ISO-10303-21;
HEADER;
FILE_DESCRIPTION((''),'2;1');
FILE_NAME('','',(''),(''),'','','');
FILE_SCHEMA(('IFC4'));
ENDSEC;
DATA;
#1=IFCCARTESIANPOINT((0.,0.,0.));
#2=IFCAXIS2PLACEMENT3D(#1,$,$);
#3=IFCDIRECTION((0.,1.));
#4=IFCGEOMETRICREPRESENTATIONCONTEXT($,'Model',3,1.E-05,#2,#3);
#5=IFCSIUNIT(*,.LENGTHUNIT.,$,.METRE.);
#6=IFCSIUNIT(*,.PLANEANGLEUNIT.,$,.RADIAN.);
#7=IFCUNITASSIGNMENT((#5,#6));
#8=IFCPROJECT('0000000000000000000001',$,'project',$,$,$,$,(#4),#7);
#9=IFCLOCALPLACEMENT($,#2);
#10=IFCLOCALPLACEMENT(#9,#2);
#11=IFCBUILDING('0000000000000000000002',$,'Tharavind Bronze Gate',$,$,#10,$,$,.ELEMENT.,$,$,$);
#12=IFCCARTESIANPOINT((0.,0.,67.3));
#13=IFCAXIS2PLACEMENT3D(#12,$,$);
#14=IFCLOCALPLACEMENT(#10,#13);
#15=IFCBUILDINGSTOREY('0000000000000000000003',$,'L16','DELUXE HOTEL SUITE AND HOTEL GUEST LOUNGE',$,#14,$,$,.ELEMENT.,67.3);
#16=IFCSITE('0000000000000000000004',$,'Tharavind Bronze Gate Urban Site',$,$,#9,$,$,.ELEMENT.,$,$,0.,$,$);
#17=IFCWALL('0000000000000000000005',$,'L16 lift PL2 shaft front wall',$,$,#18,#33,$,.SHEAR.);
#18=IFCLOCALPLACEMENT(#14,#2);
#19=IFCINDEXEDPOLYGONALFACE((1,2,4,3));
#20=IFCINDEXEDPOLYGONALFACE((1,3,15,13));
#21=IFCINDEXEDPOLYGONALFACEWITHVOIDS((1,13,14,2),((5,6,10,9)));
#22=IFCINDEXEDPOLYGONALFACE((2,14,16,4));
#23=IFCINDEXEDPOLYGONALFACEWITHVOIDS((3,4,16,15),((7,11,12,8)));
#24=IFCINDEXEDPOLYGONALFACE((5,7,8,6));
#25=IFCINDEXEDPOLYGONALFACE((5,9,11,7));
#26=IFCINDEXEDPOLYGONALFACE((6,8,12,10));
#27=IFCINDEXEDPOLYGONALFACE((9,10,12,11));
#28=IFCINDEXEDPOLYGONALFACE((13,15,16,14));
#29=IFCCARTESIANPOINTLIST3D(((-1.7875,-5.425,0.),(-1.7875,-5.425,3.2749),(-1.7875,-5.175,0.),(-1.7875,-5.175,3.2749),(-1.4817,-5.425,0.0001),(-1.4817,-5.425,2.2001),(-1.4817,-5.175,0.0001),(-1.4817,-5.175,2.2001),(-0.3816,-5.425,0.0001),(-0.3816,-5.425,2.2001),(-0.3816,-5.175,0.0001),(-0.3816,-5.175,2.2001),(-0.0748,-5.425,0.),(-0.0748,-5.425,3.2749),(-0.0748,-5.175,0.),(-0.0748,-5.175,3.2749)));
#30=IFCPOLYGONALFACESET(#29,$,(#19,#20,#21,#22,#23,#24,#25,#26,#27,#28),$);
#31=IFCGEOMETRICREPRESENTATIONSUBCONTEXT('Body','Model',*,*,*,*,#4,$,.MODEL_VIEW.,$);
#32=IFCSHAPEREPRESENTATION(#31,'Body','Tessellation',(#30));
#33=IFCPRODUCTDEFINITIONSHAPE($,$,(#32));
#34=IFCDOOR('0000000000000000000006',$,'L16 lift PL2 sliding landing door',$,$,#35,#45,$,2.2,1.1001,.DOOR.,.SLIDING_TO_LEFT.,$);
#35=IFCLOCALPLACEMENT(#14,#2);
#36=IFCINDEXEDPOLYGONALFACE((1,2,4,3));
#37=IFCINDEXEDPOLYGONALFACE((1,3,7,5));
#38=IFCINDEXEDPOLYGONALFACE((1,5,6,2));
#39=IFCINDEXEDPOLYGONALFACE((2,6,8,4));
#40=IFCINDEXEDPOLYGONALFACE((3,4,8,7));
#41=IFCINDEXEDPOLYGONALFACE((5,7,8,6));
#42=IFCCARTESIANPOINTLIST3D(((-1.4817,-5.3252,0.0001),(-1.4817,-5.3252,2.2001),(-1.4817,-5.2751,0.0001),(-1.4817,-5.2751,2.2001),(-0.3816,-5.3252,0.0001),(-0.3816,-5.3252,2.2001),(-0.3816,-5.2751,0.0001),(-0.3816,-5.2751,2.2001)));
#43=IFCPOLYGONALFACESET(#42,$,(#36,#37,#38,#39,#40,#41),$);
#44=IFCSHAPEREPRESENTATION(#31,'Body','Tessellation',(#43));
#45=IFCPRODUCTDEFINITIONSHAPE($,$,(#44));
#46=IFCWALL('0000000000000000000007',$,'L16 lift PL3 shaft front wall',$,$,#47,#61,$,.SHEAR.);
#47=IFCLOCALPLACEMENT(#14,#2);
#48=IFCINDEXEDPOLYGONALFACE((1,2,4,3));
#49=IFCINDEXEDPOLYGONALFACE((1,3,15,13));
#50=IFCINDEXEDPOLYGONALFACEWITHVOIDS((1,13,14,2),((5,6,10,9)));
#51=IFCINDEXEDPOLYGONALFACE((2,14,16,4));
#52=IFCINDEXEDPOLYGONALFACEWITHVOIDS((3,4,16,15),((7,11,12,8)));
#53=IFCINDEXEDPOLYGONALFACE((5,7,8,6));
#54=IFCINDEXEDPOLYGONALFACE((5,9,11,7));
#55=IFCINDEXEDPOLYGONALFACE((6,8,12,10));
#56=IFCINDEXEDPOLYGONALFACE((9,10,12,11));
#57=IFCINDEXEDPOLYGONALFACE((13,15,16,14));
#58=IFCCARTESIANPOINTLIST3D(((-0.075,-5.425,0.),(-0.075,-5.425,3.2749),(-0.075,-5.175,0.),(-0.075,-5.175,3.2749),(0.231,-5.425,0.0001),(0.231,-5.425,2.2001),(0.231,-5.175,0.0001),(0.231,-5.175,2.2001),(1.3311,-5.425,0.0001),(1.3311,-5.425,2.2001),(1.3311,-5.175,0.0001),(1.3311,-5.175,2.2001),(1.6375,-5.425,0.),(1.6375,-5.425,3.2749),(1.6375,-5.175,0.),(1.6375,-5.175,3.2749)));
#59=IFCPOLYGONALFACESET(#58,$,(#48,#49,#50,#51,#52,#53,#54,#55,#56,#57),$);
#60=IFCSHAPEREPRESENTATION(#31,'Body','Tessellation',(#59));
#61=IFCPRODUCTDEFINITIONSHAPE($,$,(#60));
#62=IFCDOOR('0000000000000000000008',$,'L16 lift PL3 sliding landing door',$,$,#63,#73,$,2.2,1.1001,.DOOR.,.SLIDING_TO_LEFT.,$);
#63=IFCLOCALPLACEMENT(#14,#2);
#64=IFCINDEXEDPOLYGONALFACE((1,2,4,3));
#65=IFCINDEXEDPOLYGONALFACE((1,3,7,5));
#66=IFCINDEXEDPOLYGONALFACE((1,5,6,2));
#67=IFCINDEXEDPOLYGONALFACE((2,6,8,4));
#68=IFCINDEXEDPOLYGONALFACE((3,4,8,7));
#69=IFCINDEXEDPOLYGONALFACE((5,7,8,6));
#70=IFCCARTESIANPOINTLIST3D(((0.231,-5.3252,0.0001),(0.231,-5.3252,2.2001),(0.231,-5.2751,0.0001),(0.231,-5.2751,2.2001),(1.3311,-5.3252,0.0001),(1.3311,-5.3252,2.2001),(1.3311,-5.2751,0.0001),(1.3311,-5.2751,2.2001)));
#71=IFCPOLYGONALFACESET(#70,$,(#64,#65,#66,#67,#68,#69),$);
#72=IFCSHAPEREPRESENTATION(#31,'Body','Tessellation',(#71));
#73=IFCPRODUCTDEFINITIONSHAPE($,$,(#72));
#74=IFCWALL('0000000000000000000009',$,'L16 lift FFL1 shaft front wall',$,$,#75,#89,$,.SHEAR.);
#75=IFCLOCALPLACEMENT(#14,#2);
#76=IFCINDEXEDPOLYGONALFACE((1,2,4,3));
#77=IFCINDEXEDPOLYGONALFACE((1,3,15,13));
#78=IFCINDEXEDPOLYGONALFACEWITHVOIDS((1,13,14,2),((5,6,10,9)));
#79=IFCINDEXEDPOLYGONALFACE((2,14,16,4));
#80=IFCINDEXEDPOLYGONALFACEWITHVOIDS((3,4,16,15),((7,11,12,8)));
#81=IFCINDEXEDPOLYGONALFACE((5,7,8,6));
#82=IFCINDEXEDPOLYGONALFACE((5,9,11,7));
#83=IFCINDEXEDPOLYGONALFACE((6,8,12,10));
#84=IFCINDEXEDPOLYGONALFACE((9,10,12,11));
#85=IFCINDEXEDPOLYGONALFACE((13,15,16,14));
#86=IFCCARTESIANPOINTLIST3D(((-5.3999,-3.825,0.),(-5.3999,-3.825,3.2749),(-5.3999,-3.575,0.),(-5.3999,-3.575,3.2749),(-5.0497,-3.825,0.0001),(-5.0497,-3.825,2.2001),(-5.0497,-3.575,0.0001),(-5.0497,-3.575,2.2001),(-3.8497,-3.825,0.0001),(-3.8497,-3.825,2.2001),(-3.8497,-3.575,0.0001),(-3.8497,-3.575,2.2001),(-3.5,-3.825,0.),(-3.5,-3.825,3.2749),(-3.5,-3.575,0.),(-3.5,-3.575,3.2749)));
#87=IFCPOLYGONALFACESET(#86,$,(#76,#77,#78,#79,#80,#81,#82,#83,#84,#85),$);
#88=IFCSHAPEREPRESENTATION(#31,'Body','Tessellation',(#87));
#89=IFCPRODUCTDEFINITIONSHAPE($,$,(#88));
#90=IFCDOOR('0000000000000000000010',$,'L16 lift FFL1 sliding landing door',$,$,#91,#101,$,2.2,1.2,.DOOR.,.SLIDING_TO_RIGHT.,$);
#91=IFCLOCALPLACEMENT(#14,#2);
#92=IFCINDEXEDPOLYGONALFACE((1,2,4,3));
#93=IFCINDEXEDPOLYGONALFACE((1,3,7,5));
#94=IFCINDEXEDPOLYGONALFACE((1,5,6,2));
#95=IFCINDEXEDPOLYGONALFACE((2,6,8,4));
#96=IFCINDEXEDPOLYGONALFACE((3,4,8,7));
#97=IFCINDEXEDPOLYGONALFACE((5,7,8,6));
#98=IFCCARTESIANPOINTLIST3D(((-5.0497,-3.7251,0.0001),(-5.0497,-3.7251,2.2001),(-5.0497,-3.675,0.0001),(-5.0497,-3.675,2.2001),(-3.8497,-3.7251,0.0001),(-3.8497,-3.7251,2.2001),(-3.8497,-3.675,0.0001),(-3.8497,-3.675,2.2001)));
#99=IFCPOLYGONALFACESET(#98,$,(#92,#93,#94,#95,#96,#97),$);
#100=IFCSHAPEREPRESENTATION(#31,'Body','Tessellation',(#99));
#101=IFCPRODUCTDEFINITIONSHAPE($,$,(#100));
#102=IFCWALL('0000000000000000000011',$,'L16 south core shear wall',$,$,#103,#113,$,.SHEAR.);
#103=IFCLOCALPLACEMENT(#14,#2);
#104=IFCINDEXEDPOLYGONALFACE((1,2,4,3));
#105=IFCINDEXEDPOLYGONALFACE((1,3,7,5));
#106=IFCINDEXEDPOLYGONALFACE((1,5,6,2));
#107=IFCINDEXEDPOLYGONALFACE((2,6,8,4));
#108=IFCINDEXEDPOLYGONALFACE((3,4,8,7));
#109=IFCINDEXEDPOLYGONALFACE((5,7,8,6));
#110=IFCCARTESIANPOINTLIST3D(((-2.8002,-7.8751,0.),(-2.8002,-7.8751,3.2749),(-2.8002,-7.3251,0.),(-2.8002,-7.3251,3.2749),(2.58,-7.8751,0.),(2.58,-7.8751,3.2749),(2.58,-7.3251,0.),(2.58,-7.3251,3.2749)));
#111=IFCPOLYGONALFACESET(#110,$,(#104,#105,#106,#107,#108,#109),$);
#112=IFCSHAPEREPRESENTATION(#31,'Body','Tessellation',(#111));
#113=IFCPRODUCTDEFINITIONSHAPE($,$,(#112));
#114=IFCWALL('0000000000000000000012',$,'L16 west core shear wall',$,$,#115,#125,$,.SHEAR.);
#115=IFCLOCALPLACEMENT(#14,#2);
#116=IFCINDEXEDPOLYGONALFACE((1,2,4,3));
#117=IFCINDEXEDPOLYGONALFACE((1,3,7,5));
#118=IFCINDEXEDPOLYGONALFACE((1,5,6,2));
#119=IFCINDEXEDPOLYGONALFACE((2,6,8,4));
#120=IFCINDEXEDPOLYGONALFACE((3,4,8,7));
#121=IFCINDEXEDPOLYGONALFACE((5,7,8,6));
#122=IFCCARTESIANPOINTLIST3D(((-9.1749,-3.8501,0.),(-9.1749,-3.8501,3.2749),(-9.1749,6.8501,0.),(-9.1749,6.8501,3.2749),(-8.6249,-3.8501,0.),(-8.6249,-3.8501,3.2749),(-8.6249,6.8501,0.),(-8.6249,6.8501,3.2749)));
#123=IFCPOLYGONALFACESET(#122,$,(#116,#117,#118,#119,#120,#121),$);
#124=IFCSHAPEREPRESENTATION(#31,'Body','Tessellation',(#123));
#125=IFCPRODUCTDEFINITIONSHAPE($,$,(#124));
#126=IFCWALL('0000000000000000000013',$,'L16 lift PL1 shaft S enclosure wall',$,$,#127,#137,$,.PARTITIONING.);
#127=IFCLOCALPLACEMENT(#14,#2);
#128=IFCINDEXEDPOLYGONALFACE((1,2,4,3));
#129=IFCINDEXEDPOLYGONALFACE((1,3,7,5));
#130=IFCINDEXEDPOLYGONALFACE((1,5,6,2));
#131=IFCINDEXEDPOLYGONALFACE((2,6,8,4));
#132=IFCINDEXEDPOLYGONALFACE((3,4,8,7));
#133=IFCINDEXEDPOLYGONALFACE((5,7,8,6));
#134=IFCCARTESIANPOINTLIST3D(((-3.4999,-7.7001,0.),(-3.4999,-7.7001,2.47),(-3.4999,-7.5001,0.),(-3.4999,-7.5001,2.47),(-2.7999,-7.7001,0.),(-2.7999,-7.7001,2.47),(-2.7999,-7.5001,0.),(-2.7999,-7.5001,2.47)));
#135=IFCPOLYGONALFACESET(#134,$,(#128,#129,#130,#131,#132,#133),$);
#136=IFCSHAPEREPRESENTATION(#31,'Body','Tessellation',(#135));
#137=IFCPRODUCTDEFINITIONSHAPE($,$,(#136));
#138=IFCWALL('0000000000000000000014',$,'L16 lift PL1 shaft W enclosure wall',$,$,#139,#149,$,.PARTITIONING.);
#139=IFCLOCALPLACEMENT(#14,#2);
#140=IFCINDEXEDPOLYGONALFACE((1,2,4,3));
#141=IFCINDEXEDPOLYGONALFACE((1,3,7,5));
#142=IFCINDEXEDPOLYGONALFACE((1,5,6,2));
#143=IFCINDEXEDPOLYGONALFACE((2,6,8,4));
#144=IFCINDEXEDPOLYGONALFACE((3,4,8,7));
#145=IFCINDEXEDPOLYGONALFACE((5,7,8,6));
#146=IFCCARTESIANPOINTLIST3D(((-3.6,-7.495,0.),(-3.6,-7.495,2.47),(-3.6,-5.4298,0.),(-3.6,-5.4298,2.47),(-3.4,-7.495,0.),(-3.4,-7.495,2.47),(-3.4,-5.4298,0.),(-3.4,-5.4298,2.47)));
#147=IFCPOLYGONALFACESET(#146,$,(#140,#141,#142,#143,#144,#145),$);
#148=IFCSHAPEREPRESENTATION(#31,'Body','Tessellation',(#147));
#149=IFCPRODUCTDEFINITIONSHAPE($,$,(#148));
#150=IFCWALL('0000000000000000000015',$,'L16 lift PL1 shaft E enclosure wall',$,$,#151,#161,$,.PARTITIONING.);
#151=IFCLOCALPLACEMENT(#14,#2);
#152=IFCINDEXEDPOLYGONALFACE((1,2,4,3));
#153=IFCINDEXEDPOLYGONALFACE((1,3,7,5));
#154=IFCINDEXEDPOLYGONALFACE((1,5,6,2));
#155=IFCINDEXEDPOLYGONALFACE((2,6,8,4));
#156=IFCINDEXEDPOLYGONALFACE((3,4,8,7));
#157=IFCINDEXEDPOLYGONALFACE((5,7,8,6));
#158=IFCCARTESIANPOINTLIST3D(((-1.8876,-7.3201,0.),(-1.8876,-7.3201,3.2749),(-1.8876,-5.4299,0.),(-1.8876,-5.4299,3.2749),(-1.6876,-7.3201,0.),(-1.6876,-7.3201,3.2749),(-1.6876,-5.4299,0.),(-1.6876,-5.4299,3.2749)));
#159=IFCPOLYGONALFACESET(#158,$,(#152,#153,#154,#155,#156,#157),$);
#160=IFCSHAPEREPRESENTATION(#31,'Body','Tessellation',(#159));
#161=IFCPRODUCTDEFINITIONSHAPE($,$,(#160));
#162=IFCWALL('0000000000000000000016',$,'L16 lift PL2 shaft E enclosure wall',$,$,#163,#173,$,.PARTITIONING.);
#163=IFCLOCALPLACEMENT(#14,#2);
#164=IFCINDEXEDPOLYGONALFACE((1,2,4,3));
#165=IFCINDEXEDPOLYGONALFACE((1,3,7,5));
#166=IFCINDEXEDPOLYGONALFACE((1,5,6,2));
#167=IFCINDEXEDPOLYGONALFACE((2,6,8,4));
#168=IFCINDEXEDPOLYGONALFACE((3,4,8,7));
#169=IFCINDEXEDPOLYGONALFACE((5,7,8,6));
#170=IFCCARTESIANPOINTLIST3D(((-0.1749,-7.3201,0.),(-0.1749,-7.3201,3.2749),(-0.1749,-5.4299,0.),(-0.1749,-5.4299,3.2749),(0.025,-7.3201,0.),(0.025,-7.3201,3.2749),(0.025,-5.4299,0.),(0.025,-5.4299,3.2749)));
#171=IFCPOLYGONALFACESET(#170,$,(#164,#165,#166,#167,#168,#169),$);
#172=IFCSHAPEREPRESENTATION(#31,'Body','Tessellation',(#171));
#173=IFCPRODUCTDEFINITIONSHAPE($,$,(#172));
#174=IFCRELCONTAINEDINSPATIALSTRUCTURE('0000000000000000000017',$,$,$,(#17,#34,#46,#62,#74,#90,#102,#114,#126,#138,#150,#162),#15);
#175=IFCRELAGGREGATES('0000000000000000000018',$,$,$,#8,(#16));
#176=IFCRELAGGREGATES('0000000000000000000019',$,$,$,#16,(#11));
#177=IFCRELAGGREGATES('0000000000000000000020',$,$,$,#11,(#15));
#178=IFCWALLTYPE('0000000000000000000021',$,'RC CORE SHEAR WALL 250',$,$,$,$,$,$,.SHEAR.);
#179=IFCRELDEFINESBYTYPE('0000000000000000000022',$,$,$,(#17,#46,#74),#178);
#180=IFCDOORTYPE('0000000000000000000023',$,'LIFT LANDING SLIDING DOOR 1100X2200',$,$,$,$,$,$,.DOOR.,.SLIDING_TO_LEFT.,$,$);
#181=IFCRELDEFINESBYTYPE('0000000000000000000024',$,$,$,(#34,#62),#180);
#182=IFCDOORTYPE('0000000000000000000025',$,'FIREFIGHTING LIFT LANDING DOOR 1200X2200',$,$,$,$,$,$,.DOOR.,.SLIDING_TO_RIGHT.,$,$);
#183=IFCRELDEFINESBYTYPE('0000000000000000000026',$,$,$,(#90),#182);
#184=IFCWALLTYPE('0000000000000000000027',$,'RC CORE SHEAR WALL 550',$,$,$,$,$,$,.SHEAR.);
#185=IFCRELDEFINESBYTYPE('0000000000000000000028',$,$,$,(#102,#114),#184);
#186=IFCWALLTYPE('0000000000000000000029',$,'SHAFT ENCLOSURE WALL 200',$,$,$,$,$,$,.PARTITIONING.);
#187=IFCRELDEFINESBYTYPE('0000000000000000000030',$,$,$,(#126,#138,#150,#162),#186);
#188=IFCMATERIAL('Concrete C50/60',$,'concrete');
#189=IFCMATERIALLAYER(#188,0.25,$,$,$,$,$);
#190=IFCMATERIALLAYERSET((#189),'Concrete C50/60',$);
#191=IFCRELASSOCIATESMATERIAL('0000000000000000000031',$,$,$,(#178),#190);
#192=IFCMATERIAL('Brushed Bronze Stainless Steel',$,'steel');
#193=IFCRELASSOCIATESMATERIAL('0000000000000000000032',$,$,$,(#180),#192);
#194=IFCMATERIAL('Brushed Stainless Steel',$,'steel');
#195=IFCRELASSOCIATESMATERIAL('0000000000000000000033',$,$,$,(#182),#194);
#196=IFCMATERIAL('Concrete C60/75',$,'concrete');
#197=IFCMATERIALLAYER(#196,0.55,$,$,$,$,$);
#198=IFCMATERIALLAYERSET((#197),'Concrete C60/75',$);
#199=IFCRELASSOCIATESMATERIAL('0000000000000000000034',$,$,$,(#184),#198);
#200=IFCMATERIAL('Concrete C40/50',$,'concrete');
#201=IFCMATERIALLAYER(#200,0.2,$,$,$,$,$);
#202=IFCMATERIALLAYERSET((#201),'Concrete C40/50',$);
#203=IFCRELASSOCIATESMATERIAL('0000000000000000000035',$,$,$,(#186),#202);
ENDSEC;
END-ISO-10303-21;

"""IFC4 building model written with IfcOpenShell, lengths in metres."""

from ifc_helpers import new_model, si_unit, direction, frame, frame_2d, origin, place, context, subcontext, project, spatial, rectangle, extrude, material, layer, layer_set, type_object, element, fill, save


model = new_model("IFC4")

# Units and contexts
model_context = context("Model", 3, precision=1e-05, world=origin(), true_north=direction((0.0, 1.0)))
body_context = subcontext(model_context, "Body", "Model", "MODEL_VIEW")
ifc_project = project(units=[si_unit("LENGTHUNIT", "METRE"), si_unit("PLANEANGLEUNIT", "RADIAN")], contexts=[model_context])

# Site, building, storey
site_placement = place(None, origin())
site = spatial("IfcSite", under=ifc_project, at=site_placement, Name="Tharavind Bronze Gate Urban Site", CompositionType="ELEMENT", RefElevation=0.0)
building_placement = place(site_placement, origin())
building = spatial("IfcBuilding", under=site, at=building_placement, Name="Tharavind Bronze Gate", CompositionType="ELEMENT")
storey_placement = place(building_placement, frame((0.0, 0.0, 67.3)))
storey = spatial("IfcBuildingStorey", under=building, at=storey_placement, Name="L16", Description="DELUXE HOTEL SUITE AND HOTEL GUEST LOUNGE", CompositionType="ELEMENT", Elevation=67.3)

# Shared definitions
ifc_material_1 = material(Name="Concrete C50/60", Category="concrete")
ifc_layer_1 = layer(ifc_material_1, 0.25)
ifc_layer_set_1 = layer_set([ifc_layer_1], Name="Concrete C50/60")
wall_type_1 = type_object("IfcWallType", Name="RC CORE SHEAR WALL 250", PredefinedType="SHEAR", material=ifc_layer_set_1)

# Walls, openings, doors
ifc_material_2 = material(Name="Brushed Bronze Stainless Steel", Category="steel")
door_type_1 = type_object("IfcDoorType", Name="LIFT LANDING SLIDING DOOR 1100X2200", OperationType="SLIDING_TO_LEFT", PredefinedType="DOOR", material=ifc_material_2)
wall_1_placement = place(storey_placement, frame((-1.7876, -5.3, 0.0), z_axis=(0.0, 0.0, 1.0), x_axis=(1.0, 0.0, 0.0)))
wall_1 = element("IfcWall", 1, at=wall_1_placement, inside=storey, type_object=wall_type_1, Name="L16 lift PL2 shaft front wall", PredefinedType="SHEAR", context=body_context, shape_type="SweptSolid", body=[
    extrude(rectangle(XDim=1.7126, YDim=0.25, at=frame_2d((0.8564, 0.0))), origin(), (0.0, 0.0, 1.0), 3.2749),
])
opening_1_placement = place(wall_1_placement, frame((0.3059, 0.0, 0.0)))
opening_1 = element("IfcOpeningElement", 2, at=opening_1_placement, cuts=wall_1, PredefinedType="OPENING", context=body_context, shape_type="SweptSolid", body=[
    extrude(rectangle(XDim=1.1001, YDim=2.2, at=frame_2d((0.55, 1.1001))), frame((0.0, 0.135, 0.0), z_axis=(0.0, -1.0, 0.0), x_axis=(1.0, 0.0, 0.0)), (0.0, 0.0, 1.0), 0.27),
])
door_1_placement = place(opening_1_placement, origin())
door_1 = element("IfcDoor", 3, at=door_1_placement, inside=storey, type_object=door_type_1, Name="L16 lift PL2 sliding landing door", OperationType="SLIDING_TO_LEFT", OverallHeight=2.2, OverallWidth=1.1001, PredefinedType="DOOR", context=body_context, shape_type="SweptSolid", body=[
    extrude(rectangle(XDim=1.1001, YDim=2.2, at=frame_2d((0.55, 1.1001))), frame((0.0, 0.0249, 0.0), z_axis=(0.0, -1.0, 0.0), x_axis=(1.0, 0.0, 0.0)), (0.0, 0.0, 1.0), 0.05),
])
fill(opening_1, door_1)
wall_2_placement = place(storey_placement, frame((-0.075, -5.3, 0.0), z_axis=(0.0, 0.0, 1.0), x_axis=(1.0, 0.0, 0.0)))
wall_2 = element("IfcWall", 4, at=wall_2_placement, inside=storey, type_object=wall_type_1, Name="L16 lift PL3 shaft front wall", PredefinedType="SHEAR", context=body_context, shape_type="SweptSolid", body=[
    extrude(rectangle(XDim=1.7124, YDim=0.25, at=frame_2d((0.8562, 0.0))), origin(), (0.0, 0.0, 1.0), 3.2749),
])
opening_2_placement = place(wall_2_placement, frame((0.3059, 0.0, 0.0)))
opening_2 = element("IfcOpeningElement", 5, at=opening_2_placement, cuts=wall_2, PredefinedType="OPENING", context=body_context, shape_type="SweptSolid", body=[
    extrude(rectangle(XDim=1.1001, YDim=2.2, at=frame_2d((0.55, 1.1001))), frame((0.0, 0.135, 0.0), z_axis=(0.0, -1.0, 0.0), x_axis=(1.0, 0.0, 0.0)), (0.0, 0.0, 1.0), 0.27),
])
door_2_placement = place(opening_2_placement, origin())
door_2 = element("IfcDoor", 6, at=door_2_placement, inside=storey, type_object=door_type_1, Name="L16 lift PL3 sliding landing door", OperationType="SLIDING_TO_LEFT", OverallHeight=2.2, OverallWidth=1.1001, PredefinedType="DOOR", context=body_context, shape_type="SweptSolid", body=[
    extrude(rectangle(XDim=1.1001, YDim=2.2, at=frame_2d((0.55, 1.1001))), frame((0.0, 0.0249, 0.0), z_axis=(0.0, -1.0, 0.0), x_axis=(1.0, 0.0, 0.0)), (0.0, 0.0, 1.0), 0.05),
])
fill(opening_2, door_2)
wall_3_placement = place(storey_placement, frame((-5.3999, -3.7, 0.0), z_axis=(0.0, 0.0, 1.0), x_axis=(1.0, 0.0, 0.0)))
wall_3 = element("IfcWall", 7, at=wall_3_placement, inside=storey, type_object=wall_type_1, Name="L16 lift FFL1 shaft front wall", PredefinedType="SHEAR", context=body_context, shape_type="SweptSolid", body=[
    extrude(rectangle(XDim=1.8999, YDim=0.25, at=frame_2d((0.95, 0.0))), origin(), (0.0, 0.0, 1.0), 3.2749),
])
opening_3_placement = place(wall_3_placement, frame((0.3501, 0.0, 0.0)))
opening_3 = element("IfcOpeningElement", 8, at=opening_3_placement, cuts=wall_3, PredefinedType="OPENING", context=body_context, shape_type="SweptSolid", body=[
    extrude(rectangle(XDim=1.2, YDim=2.2, at=frame_2d((0.6001, 1.1001))), frame((0.0, 0.135, 0.0), z_axis=(0.0, -1.0, 0.0), x_axis=(1.0, 0.0, 0.0)), (0.0, 0.0, 1.0), 0.27),
])
ifc_material_3 = material(Name="Brushed Stainless Steel", Category="steel")
door_type_2 = type_object("IfcDoorType", Name="FIREFIGHTING LIFT LANDING DOOR 1200X2200", OperationType="SLIDING_TO_RIGHT", PredefinedType="DOOR", material=ifc_material_3)
door_3_placement = place(opening_3_placement, origin())
door_3 = element("IfcDoor", 9, at=door_3_placement, inside=storey, type_object=door_type_2, Name="L16 lift FFL1 sliding landing door", OperationType="SLIDING_TO_RIGHT", OverallHeight=2.2, OverallWidth=1.2, PredefinedType="DOOR", context=body_context, shape_type="SweptSolid", body=[
    extrude(rectangle(XDim=1.2, YDim=2.2, at=frame_2d((0.6001, 1.1001))), frame((0.0, 0.0249, 0.0), z_axis=(0.0, -1.0, 0.0), x_axis=(1.0, 0.0, 0.0)), (0.0, 0.0, 1.0), 0.05),
])
fill(opening_3, door_3)

# Walls
ifc_material_4 = material(Name="Concrete C60/75", Category="concrete")
ifc_layer_2 = layer(ifc_material_4, 0.55)
ifc_layer_set_2 = layer_set([ifc_layer_2], Name="Concrete C60/75")
wall_type_2 = type_object("IfcWallType", Name="RC CORE SHEAR WALL 550", PredefinedType="SHEAR", material=ifc_layer_set_2)
wall_4_placement = place(storey_placement, frame((-2.8, -7.6001, 0.0), z_axis=(0.0, 0.0, 1.0), x_axis=(1.0, 0.0, 0.0)))
element("IfcWall", 10, at=wall_4_placement, inside=storey, type_object=wall_type_2, Name="L16 south core shear wall", PredefinedType="SHEAR", context=body_context, shape_type="SweptSolid", body=[
    extrude(rectangle(XDim=5.3801, YDim=0.55, at=frame_2d((2.6899, 0.0))), origin(), (0.0, 0.0, 1.0), 3.2749),
])
wall_5_placement = place(storey_placement, frame((-8.8999, -3.8501, 0.0), z_axis=(0.0, 0.0, 1.0), x_axis=(0.0, 1.0, 0.0)))
element("IfcWall", 11, at=wall_5_placement, inside=storey, type_object=wall_type_2, Name="L16 west core shear wall", PredefinedType="SHEAR", context=body_context, shape_type="SweptSolid", body=[
    extrude(rectangle(XDim=10.7002, YDim=0.55, at=frame_2d((5.3501, 0.0))), origin(), (0.0, 0.0, 1.0), 3.2749),
])
ifc_material_5 = material(Name="Concrete C40/50", Category="concrete")
ifc_layer_3 = layer(ifc_material_5, 0.2)
ifc_layer_set_3 = layer_set([ifc_layer_3], Name="Concrete C40/50")
wall_type_3 = type_object("IfcWallType", Name="SHAFT ENCLOSURE WALL 200", PredefinedType="PARTITIONING", material=ifc_layer_set_3)
wall_6_placement = place(storey_placement, frame((-3.5, -7.6001, 0.0), z_axis=(0.0, 0.0, 1.0), x_axis=(1.0, 0.0, 0.0)))
element("IfcWall", 12, at=wall_6_placement, inside=storey, type_object=wall_type_3, Name="L16 lift PL1 shaft S enclosure wall", PredefinedType="PARTITIONING", context=body_context, shape_type="SweptSolid", body=[
    extrude(rectangle(XDim=0.7, YDim=0.2, at=frame_2d((0.3501, 0.0))), origin(), (0.0, 0.0, 1.0), 2.47),
])
wall_7_placement = place(storey_placement, frame((-3.5, -7.4951, 0.0), z_axis=(0.0, 0.0, 1.0), x_axis=(0.0, 1.0, 0.0)))
element("IfcWall", 13, at=wall_7_placement, inside=storey, type_object=wall_type_3, Name="L16 lift PL1 shaft W enclosure wall", PredefinedType="PARTITIONING", context=body_context, shape_type="SweptSolid", body=[
    extrude(rectangle(XDim=2.0652, YDim=0.2, at=frame_2d((1.0327, 0.0))), origin(), (0.0, 0.0, 1.0), 2.47),
])
for number, where, z_axis, x_axis, name in (
    (14, (-1.7876, -7.3201, 0.0), (0.0, 0.0, 1.0), (0.0, 1.0, 0.0), "L16 lift PL1 shaft E enclosure wall"),
    (15, (-0.075, -7.3201, 0.0), (0.0, 0.0, 1.0), (0.0, 1.0, 0.0), "L16 lift PL2 shaft E enclosure wall"),
):
    element("IfcWall", number, at=place(storey_placement, frame(where, z_axis=z_axis, x_axis=x_axis)), inside=storey, type_object=wall_type_3, Name=name, PredefinedType="PARTITIONING", context=body_context, shape_type="SweptSolid", body=[
        extrude(rectangle(XDim=1.8901, YDim=0.2, at=frame_2d((0.9451, 0.0))), origin(), (0.0, 0.0, 1.0), 3.2749),
    ])

save(model, "model.ifc")
